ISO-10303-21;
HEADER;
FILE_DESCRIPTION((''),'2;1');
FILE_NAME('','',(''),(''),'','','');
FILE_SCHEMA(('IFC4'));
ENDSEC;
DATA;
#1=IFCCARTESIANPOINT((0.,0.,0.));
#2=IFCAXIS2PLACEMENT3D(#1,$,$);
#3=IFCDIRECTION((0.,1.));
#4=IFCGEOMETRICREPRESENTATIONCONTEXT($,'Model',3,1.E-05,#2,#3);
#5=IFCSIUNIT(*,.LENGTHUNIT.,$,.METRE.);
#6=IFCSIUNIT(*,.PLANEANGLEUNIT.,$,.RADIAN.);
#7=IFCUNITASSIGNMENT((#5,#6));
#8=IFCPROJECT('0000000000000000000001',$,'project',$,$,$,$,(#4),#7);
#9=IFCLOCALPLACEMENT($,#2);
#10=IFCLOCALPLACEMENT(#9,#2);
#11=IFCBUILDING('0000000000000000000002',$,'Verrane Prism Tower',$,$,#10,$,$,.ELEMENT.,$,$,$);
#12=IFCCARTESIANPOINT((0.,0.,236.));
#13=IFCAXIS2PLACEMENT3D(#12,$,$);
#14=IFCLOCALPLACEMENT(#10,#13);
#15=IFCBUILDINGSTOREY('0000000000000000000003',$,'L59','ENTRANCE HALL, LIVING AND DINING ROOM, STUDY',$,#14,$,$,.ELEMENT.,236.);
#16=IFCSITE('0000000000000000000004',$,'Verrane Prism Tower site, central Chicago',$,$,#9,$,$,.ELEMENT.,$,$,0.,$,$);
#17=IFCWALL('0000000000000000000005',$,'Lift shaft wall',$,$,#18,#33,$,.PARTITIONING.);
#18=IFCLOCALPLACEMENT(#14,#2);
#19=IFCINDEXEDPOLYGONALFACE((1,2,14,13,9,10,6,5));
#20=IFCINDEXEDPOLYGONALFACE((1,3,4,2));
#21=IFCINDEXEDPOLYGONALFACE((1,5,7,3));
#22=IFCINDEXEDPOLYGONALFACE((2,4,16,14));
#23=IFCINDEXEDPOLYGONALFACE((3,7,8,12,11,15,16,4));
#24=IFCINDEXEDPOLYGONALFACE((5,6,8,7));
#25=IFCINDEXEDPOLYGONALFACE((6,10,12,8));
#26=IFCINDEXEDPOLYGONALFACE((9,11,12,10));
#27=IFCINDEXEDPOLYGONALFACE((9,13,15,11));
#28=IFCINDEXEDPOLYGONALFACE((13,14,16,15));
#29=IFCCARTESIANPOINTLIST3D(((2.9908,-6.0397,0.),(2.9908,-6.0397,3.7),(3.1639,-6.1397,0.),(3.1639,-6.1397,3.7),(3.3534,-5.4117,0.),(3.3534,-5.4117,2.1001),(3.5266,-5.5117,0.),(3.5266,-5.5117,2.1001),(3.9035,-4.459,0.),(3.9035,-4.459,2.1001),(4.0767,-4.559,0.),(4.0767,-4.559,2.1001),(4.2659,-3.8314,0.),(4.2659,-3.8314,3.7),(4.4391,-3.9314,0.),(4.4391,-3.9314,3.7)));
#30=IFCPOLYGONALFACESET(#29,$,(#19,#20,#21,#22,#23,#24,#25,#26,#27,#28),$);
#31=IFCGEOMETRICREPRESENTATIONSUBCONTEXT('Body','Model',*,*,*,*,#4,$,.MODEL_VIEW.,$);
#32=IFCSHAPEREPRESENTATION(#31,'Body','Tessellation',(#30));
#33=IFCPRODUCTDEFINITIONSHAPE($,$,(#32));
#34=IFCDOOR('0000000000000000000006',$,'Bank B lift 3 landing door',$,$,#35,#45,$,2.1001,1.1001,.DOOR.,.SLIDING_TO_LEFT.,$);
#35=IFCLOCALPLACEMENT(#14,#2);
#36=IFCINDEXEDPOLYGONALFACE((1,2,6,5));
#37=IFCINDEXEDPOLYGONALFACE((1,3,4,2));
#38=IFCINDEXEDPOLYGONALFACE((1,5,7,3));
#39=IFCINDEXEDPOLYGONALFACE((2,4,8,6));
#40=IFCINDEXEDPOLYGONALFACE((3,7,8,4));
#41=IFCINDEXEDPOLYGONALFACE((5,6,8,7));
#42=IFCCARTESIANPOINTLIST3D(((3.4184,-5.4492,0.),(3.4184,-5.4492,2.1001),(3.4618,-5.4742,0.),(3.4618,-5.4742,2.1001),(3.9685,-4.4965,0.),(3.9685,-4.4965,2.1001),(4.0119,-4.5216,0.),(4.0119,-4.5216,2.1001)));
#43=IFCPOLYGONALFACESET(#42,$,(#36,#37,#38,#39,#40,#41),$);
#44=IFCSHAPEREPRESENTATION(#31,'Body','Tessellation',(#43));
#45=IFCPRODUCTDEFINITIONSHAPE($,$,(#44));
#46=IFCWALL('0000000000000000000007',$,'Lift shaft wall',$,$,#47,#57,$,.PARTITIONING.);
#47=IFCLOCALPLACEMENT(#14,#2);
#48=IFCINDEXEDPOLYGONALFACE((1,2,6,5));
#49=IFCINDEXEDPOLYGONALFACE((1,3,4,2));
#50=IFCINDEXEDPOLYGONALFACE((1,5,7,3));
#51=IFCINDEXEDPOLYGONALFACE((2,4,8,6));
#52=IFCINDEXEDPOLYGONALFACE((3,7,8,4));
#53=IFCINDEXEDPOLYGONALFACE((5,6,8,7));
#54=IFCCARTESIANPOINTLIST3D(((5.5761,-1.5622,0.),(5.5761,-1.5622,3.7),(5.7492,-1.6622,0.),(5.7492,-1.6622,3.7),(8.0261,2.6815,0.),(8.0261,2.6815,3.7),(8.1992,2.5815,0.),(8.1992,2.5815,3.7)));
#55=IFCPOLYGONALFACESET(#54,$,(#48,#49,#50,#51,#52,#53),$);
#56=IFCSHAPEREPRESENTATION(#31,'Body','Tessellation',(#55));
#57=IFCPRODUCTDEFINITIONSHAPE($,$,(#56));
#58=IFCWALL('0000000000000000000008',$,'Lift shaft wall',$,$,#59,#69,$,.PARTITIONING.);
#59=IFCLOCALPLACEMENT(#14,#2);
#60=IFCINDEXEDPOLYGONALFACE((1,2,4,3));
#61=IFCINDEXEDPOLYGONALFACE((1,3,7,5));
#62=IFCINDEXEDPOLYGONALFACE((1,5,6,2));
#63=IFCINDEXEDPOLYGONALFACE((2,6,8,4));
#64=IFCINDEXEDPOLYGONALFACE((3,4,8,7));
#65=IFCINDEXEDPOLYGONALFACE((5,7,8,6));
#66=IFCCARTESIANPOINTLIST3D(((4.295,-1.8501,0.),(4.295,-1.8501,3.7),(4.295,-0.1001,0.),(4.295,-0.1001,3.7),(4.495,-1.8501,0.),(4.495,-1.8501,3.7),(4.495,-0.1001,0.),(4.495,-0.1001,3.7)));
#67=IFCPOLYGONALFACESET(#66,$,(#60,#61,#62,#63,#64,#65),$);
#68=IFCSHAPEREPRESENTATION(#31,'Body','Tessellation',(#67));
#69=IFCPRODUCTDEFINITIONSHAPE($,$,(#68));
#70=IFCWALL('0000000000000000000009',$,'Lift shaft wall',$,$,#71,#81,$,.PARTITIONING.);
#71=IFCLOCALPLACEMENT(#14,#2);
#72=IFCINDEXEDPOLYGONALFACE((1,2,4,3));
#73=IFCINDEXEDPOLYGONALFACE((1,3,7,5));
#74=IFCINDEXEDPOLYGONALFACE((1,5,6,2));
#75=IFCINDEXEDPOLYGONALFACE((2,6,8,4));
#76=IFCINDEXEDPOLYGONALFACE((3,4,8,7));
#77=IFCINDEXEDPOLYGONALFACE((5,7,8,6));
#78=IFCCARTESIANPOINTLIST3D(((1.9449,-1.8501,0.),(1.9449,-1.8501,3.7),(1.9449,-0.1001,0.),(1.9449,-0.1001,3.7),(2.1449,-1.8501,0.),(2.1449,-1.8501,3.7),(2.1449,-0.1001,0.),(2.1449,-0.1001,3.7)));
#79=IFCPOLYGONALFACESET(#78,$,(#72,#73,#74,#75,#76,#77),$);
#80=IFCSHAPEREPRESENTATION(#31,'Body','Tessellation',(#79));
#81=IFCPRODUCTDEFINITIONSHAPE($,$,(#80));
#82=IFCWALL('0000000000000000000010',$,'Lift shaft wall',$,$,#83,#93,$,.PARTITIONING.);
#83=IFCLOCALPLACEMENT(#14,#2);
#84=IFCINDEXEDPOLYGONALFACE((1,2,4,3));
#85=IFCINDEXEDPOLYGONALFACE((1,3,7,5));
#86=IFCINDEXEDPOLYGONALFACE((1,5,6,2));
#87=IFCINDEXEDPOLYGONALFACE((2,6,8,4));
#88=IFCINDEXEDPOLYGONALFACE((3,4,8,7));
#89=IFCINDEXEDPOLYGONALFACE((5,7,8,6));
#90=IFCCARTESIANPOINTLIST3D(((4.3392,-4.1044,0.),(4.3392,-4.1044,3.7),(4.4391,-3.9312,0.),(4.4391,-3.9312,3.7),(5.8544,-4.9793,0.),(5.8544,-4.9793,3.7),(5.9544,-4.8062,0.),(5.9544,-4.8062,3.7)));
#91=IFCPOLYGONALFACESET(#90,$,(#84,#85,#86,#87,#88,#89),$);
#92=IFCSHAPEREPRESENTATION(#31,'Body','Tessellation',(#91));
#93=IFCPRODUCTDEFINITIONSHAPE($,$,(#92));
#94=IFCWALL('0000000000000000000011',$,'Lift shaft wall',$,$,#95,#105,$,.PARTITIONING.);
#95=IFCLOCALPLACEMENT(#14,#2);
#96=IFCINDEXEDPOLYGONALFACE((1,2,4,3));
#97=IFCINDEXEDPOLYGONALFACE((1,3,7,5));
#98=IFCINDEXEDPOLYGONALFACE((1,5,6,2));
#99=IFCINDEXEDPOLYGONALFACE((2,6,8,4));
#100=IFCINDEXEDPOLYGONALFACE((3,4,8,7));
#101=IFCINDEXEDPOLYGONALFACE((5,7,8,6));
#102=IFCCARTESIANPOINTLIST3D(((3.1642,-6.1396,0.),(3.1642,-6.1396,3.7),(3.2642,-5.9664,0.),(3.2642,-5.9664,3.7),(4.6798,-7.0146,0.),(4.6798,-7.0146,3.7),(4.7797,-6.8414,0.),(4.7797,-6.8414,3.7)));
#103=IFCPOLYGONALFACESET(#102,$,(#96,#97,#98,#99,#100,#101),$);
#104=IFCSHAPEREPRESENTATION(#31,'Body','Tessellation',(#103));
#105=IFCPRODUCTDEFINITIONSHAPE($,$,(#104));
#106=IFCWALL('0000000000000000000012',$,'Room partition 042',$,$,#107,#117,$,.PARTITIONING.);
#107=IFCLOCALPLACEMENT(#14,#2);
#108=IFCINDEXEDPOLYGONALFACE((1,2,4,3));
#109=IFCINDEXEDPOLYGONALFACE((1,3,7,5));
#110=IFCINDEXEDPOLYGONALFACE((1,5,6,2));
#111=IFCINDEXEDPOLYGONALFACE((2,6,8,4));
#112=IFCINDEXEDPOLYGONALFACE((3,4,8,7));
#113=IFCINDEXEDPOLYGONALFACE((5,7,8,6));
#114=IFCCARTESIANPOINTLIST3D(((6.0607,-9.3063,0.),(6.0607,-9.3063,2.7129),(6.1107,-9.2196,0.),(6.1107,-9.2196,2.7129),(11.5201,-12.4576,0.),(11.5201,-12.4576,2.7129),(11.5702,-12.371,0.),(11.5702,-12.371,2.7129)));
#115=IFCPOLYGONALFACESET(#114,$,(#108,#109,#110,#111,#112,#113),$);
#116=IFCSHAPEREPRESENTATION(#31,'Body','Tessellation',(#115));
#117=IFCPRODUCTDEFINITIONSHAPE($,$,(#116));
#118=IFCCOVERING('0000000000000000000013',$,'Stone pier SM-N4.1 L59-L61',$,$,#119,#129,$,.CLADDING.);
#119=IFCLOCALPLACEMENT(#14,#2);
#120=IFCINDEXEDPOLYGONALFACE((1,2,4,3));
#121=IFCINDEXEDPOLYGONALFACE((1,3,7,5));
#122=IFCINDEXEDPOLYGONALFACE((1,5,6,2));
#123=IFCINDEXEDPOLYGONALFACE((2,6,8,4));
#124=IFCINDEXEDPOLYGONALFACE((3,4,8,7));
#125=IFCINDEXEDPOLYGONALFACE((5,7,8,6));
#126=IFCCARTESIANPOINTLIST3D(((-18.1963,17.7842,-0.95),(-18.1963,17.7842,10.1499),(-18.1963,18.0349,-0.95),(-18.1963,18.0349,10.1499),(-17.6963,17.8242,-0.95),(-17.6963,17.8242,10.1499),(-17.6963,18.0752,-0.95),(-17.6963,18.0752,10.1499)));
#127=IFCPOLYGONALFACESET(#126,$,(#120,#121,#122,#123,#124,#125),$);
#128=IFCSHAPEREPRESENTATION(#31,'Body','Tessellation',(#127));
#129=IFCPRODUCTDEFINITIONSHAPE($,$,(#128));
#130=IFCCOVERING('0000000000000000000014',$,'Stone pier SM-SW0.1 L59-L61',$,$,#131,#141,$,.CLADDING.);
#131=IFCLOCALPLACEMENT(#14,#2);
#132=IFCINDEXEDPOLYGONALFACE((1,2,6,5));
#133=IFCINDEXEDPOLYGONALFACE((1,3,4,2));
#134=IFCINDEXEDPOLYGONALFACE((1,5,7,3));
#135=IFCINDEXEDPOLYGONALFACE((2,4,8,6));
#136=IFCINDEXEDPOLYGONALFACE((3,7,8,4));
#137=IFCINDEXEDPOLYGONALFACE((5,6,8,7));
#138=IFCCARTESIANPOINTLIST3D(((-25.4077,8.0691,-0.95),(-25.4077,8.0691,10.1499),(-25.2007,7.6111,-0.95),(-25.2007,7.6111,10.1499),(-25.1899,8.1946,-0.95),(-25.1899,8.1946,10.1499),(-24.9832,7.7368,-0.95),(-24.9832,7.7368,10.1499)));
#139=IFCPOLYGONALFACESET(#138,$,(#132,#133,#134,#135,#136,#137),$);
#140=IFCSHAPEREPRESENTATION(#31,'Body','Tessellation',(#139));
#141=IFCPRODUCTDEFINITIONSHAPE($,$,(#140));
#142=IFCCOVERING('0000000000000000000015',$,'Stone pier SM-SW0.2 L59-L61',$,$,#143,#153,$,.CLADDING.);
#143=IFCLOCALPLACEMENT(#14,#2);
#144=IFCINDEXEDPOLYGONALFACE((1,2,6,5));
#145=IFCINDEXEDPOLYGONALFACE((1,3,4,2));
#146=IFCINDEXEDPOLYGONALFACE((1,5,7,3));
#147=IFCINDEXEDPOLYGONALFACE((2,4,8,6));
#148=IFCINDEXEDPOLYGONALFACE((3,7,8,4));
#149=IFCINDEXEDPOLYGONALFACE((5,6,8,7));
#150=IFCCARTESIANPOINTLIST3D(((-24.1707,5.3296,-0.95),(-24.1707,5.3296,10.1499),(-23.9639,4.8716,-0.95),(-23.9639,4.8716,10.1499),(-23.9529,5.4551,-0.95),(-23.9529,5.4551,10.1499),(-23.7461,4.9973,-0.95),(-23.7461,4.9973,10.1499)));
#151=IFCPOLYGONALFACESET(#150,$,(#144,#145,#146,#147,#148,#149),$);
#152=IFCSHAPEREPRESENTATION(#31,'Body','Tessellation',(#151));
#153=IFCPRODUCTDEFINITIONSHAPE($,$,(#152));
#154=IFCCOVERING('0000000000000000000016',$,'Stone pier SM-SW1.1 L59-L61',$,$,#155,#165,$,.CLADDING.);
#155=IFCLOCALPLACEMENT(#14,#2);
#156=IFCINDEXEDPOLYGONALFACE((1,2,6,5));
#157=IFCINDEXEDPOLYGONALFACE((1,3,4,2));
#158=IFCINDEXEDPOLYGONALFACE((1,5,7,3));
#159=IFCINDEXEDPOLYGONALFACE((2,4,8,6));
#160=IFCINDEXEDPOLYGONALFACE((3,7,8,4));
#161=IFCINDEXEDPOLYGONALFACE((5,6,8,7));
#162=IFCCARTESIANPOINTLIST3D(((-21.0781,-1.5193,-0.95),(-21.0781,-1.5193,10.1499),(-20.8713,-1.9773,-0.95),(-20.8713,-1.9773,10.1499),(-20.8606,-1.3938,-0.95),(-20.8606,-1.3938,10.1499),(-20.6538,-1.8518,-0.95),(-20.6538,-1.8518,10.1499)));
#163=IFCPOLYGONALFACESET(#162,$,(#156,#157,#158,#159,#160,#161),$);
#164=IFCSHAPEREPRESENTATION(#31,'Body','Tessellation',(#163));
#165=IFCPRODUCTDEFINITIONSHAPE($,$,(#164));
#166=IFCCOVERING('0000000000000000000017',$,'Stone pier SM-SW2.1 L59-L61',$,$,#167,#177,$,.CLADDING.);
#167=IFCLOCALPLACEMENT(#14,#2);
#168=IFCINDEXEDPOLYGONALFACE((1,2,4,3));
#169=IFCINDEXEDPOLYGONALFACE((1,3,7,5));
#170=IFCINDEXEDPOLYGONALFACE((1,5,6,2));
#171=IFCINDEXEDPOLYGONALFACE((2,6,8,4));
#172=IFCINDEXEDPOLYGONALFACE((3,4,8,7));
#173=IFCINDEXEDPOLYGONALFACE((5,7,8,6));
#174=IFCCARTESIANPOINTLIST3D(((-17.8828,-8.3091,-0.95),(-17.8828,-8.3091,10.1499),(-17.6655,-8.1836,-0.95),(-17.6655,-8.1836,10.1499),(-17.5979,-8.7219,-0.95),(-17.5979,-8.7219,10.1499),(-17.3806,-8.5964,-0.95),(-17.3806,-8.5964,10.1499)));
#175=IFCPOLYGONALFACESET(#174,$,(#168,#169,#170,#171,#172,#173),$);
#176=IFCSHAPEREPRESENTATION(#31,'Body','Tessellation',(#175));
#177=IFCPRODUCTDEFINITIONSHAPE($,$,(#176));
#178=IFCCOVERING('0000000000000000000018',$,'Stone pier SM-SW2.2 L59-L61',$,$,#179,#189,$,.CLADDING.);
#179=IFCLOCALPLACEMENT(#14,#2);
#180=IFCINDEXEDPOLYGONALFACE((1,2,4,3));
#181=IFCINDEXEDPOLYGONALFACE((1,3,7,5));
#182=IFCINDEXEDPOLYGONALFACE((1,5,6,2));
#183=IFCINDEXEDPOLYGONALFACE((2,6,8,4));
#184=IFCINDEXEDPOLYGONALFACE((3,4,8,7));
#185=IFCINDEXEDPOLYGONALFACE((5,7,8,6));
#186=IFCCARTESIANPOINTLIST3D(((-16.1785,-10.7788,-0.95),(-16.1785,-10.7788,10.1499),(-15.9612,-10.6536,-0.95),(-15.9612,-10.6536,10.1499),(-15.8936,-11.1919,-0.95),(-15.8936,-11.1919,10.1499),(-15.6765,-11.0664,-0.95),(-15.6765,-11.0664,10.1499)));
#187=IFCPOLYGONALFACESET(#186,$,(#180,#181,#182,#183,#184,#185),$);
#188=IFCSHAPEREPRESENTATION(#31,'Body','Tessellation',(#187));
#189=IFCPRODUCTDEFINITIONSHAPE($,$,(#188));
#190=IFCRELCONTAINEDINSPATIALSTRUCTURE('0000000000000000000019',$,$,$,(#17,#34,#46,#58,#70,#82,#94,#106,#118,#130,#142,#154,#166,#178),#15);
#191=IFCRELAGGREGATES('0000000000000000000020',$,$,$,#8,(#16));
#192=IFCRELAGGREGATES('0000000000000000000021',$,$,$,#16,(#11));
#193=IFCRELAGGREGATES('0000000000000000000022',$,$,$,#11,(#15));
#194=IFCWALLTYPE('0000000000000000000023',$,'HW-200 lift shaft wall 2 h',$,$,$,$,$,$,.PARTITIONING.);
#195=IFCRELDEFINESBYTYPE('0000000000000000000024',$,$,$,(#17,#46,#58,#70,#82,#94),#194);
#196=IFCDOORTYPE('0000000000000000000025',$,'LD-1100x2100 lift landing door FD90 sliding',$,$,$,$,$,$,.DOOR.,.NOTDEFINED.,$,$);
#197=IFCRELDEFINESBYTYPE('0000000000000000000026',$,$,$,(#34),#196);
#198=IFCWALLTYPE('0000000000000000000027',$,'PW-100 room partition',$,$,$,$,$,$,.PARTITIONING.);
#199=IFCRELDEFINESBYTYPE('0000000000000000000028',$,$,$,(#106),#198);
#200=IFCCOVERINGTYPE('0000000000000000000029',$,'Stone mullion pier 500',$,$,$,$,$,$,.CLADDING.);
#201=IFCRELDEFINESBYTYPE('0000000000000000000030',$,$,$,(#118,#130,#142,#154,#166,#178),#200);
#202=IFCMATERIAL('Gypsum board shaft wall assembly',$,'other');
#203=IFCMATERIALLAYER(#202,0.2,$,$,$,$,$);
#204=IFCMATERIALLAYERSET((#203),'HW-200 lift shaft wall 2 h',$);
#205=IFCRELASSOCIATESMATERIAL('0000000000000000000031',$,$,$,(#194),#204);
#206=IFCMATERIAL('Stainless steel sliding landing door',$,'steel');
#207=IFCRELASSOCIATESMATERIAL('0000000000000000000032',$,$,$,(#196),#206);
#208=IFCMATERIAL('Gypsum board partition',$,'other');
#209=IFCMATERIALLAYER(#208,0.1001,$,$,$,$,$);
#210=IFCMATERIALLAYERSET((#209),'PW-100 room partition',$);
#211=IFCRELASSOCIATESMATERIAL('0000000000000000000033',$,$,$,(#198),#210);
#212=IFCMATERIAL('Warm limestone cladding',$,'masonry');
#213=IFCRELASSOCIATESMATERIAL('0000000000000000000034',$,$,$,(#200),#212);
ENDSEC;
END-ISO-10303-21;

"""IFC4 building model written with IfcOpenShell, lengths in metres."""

from ifc_helpers import new_model, si_unit, direction, frame, frame_2d, origin, place, context, subcontext, project, spatial, polyline, rectangle, outline, extrude, material, layer, layer_set, type_object, element, fill, save


model = new_model("IFC4")

# Units and contexts
model_context = context("Model", 3, precision=1e-05, world=origin(), true_north=direction((0.0, 1.0)))
body_context = subcontext(model_context, "Body", "Model", "MODEL_VIEW")
ifc_project = project(units=[si_unit("LENGTHUNIT", "METRE"), si_unit("PLANEANGLEUNIT", "RADIAN")], contexts=[model_context])

# Site, building, storey
site_placement = place(None, origin())
site = spatial("IfcSite", under=ifc_project, at=site_placement, Name="Verrane Prism Tower site, central Chicago", CompositionType="ELEMENT", RefElevation=0.0)
building_placement = place(site_placement, origin())
building = spatial("IfcBuilding", under=site, at=building_placement, Name="Verrane Prism Tower", CompositionType="ELEMENT")
storey_placement = place(building_placement, frame((0.0, 0.0, 236.0)))
storey = spatial("IfcBuildingStorey", under=building, at=storey_placement, Name="L59", Description="ENTRANCE HALL, LIVING AND DINING ROOM, STUDY", CompositionType="ELEMENT", Elevation=236.0)

# Shared definitions
ifc_material_1 = material(Name="Gypsum board shaft wall assembly", Category="other")
ifc_layer_1 = layer(ifc_material_1, 0.2)
ifc_layer_set_1 = layer_set([ifc_layer_1], Name="HW-200 lift shaft wall 2 h")
wall_type_1 = type_object("IfcWallType", Name="HW-200 lift shaft wall 2 h", PredefinedType="PARTITIONING", material=ifc_layer_set_1)

# Wall, opening, door
wall_1_placement = place(storey_placement, frame((3.0774, -6.0896, 0.0), z_axis=(0.0, 0.0, 1.0), x_axis=(0.500062, 0.865989, 0.0)))
wall_1 = element("IfcWall", 1, at=wall_1_placement, inside=storey, type_object=wall_type_1, Name="Lift shaft wall", PredefinedType="PARTITIONING", context=body_context, shape_type="SweptSolid", body=[
    extrude(rectangle(XDim=2.55, YDim=0.2, at=frame_2d((1.2749, 0.0))), origin(), (0.0, 0.0, 1.0), 3.7),
])
opening_placement = place(wall_1_placement, frame((0.7251, 0.0, 0.0)))
opening = element("IfcOpeningElement", 2, at=opening_placement, cuts=wall_1, PredefinedType="OPENING", context=body_context, shape_type="SweptSolid", body=[
    extrude(rectangle(XDim=1.1001, YDim=2.1001, at=frame_2d((0.55, 1.05))), frame((0.0, 0.1099, 0.0), z_axis=(0.0, -1.0, 0.0), x_axis=(1.0, 0.0, 0.0)), (0.0, 0.0, 1.0), 0.22),
])
ifc_material_2 = material(Name="Stainless steel sliding landing door", Category="steel")
door_type = type_object("IfcDoorType", Name="LD-1100x2100 lift landing door FD90 sliding", OperationType="NOTDEFINED", PredefinedType="DOOR", material=ifc_material_2)
door_placement = place(opening_placement, origin())
door = element("IfcDoor", 3, at=door_placement, inside=storey, type_object=door_type, Name="Bank B lift 3 landing door", OperationType="SLIDING_TO_LEFT", OverallHeight=2.1001, OverallWidth=1.1001, PredefinedType="DOOR", context=body_context, shape_type="SweptSolid", body=[
    extrude(rectangle(XDim=1.1001, YDim=2.1001, at=frame_2d((0.55, 1.05))), frame((0.0, 0.0249, 0.0), z_axis=(0.0, -1.0, 0.0), x_axis=(1.0, 0.0, 0.0)), (0.0, 0.0, 1.0), 0.05),
])
fill(opening, door)

# Walls
wall_2_placement = place(storey_placement, frame((5.6626, -1.6123, 0.0), z_axis=(0.0, 0.0, 1.0), x_axis=(0.499981, 0.866036, 0.0)))
element("IfcWall", 4, at=wall_2_placement, inside=storey, type_object=wall_type_1, Name="Lift shaft wall", PredefinedType="PARTITIONING", context=body_context, shape_type="SweptSolid", body=[
    extrude(rectangle(XDim=4.9001, YDim=0.2, at=frame_2d((2.4502, 0.0))), origin(), (0.0, 0.0, 1.0), 3.7),
])
for number, where, z_axis, x_axis, name in (
    (5, (4.395, -1.8501, 0.0), (0.0, 0.0, 1.0), (0.0, 1.0, 0.0), "Lift shaft wall"),
    (6, (2.0449, -1.8501, 0.0), (0.0, 0.0, 1.0), (0.0, 1.0, 0.0), "Lift shaft wall"),
):
    element("IfcWall", number, at=place(storey_placement, frame(where, z_axis=z_axis, x_axis=x_axis)), inside=storey, type_object=wall_type_1, Name=name, PredefinedType="PARTITIONING", context=body_context, shape_type="SweptSolid", body=[
        extrude(rectangle(XDim=1.75, YDim=0.2, at=frame_2d((0.875, 0.0))), origin(), (0.0, 0.0, 1.0), 3.7),
    ])
wall_3_placement = place(storey_placement, frame((5.9045, -4.8928, 0.0), z_axis=(0.0, 0.0, 1.0), x_axis=(-0.866002, 0.50004, 0.0)))
element("IfcWall", 7, at=wall_3_placement, inside=storey, type_object=wall_type_1, Name="Lift shaft wall", PredefinedType="PARTITIONING", context=body_context, shape_type="SweptSolid", body=[
    extrude(rectangle(XDim=1.7498, YDim=0.2, at=frame_2d((0.875, 0.0))), origin(), (0.0, 0.0, 1.0), 3.7),
])
wall_4_placement = place(storey_placement, frame((4.7297, -6.928, 0.0), z_axis=(0.0, 0.0, 1.0), x_axis=(-0.866037, 0.49998, 0.0)))
element("IfcWall", 8, at=wall_4_placement, inside=storey, type_object=wall_type_1, Name="Lift shaft wall", PredefinedType="PARTITIONING", context=body_context, shape_type="SweptSolid", body=[
    extrude(rectangle(XDim=1.75, YDim=0.2, at=frame_2d((0.875, 0.0))), origin(), (0.0, 0.0, 1.0), 3.7),
])
ifc_material_3 = material(Name="Gypsum board partition", Category="other")
ifc_layer_2 = layer(ifc_material_3, 0.1001)
ifc_layer_set_2 = layer_set([ifc_layer_2], Name="PW-100 room partition")
wall_type_2 = type_object("IfcWallType", Name="PW-100 room partition", PredefinedType="PARTITIONING", material=ifc_layer_set_2)
wall_5_placement = place(storey_placement, frame((6.0857, -9.2629, 0.0), z_axis=(0.0, 0.0, 1.0), x_axis=(0.866071, -0.499921, 0.0)))
element("IfcWall", 9, at=wall_5_placement, inside=storey, type_object=wall_type_2, Name="Room partition 042", PredefinedType="PARTITIONING", context=body_context, shape_type="SweptSolid", body=[
    extrude(rectangle(XDim=6.3037, YDim=0.1001, at=frame_2d((3.1519, 0.0))), origin(), (0.0, 0.0, 1.0), 2.7129),
])

# Coverings
ifc_material_4 = material(Name="Warm limestone cladding", Category="masonry")
covering_type_1 = type_object("IfcCoveringType", Name="Stone mullion pier 500", PredefinedType="CLADDING", material=ifc_material_4)
covering_1_placement = place(storey_placement, frame((0.0, 0.0, -0.95)))
element("IfcCovering", 10, at=covering_1_placement, inside=storey, type_object=covering_type_1, Name="Stone pier SM-N4.1 L59-L61", PredefinedType="CLADDING", context=body_context, shape_type="SweptSolid", body=[
    extrude(outline(polyline([(-18.1963, 17.7842), (-17.6963, 17.8242), (-17.6963, 18.0752), (-18.1963, 18.0349), (-18.1963, 17.7842)])), origin(), (0.0, 0.0, 1.0), 11.0999),
])
covering_2_placement = place(storey_placement, frame((0.0, 0.0, -0.95)))
element("IfcCovering", 11, at=covering_2_placement, inside=storey, type_object=covering_type_1, Name="Stone pier SM-SW0.1 L59-L61", PredefinedType="CLADDING", context=body_context, shape_type="SweptSolid", body=[
    extrude(outline(polyline([(-24.9832, 7.7368), (-25.1899, 8.1946), (-25.4077, 8.0691), (-25.2007, 7.6111), (-24.9832, 7.7368)])), origin(), (0.0, 0.0, 1.0), 11.0999),
])
covering_3_placement = place(storey_placement, frame((0.0, 0.0, -0.95)))
element("IfcCovering", 12, at=covering_3_placement, inside=storey, type_object=covering_type_1, Name="Stone pier SM-SW0.2 L59-L61", PredefinedType="CLADDING", context=body_context, shape_type="SweptSolid", body=[
    extrude(outline(polyline([(-23.7461, 4.9973), (-23.9529, 5.4551), (-24.1707, 5.3296), (-23.9639, 4.8716), (-23.7461, 4.9973)])), origin(), (0.0, 0.0, 1.0), 11.0999),
])
covering_4_placement = place(storey_placement, frame((0.0, 0.0, -0.95)))
element("IfcCovering", 13, at=covering_4_placement, inside=storey, type_object=covering_type_1, Name="Stone pier SM-SW1.1 L59-L61", PredefinedType="CLADDING", context=body_context, shape_type="SweptSolid", body=[
    extrude(outline(polyline([(-20.6538, -1.8518), (-20.8606, -1.3938), (-21.0781, -1.5193), (-20.8713, -1.9773), (-20.6538, -1.8518)])), origin(), (0.0, 0.0, 1.0), 11.0999),
])
covering_5_placement = place(storey_placement, frame((0.0, 0.0, -0.95)))
element("IfcCovering", 14, at=covering_5_placement, inside=storey, type_object=covering_type_1, Name="Stone pier SM-SW2.1 L59-L61", PredefinedType="CLADDING", context=body_context, shape_type="SweptSolid", body=[
    extrude(outline(polyline([(-17.3806, -8.5964), (-17.6655, -8.1836), (-17.8828, -8.3091), (-17.5979, -8.7219), (-17.3806, -8.5964)])), origin(), (0.0, 0.0, 1.0), 11.0999),
])
covering_6_placement = place(storey_placement, frame((0.0, 0.0, -0.95)))
element("IfcCovering", 15, at=covering_6_placement, inside=storey, type_object=covering_type_1, Name="Stone pier SM-SW2.2 L59-L61", PredefinedType="CLADDING", context=body_context, shape_type="SweptSolid", body=[
    extrude(outline(polyline([(-15.6765, -11.0664), (-15.9612, -10.6536), (-16.1785, -10.7788), (-15.8936, -11.1919), (-15.6765, -11.0664)])), origin(), (0.0, 0.0, 1.0), 11.0999),
])

save(model, "model.ifc")
